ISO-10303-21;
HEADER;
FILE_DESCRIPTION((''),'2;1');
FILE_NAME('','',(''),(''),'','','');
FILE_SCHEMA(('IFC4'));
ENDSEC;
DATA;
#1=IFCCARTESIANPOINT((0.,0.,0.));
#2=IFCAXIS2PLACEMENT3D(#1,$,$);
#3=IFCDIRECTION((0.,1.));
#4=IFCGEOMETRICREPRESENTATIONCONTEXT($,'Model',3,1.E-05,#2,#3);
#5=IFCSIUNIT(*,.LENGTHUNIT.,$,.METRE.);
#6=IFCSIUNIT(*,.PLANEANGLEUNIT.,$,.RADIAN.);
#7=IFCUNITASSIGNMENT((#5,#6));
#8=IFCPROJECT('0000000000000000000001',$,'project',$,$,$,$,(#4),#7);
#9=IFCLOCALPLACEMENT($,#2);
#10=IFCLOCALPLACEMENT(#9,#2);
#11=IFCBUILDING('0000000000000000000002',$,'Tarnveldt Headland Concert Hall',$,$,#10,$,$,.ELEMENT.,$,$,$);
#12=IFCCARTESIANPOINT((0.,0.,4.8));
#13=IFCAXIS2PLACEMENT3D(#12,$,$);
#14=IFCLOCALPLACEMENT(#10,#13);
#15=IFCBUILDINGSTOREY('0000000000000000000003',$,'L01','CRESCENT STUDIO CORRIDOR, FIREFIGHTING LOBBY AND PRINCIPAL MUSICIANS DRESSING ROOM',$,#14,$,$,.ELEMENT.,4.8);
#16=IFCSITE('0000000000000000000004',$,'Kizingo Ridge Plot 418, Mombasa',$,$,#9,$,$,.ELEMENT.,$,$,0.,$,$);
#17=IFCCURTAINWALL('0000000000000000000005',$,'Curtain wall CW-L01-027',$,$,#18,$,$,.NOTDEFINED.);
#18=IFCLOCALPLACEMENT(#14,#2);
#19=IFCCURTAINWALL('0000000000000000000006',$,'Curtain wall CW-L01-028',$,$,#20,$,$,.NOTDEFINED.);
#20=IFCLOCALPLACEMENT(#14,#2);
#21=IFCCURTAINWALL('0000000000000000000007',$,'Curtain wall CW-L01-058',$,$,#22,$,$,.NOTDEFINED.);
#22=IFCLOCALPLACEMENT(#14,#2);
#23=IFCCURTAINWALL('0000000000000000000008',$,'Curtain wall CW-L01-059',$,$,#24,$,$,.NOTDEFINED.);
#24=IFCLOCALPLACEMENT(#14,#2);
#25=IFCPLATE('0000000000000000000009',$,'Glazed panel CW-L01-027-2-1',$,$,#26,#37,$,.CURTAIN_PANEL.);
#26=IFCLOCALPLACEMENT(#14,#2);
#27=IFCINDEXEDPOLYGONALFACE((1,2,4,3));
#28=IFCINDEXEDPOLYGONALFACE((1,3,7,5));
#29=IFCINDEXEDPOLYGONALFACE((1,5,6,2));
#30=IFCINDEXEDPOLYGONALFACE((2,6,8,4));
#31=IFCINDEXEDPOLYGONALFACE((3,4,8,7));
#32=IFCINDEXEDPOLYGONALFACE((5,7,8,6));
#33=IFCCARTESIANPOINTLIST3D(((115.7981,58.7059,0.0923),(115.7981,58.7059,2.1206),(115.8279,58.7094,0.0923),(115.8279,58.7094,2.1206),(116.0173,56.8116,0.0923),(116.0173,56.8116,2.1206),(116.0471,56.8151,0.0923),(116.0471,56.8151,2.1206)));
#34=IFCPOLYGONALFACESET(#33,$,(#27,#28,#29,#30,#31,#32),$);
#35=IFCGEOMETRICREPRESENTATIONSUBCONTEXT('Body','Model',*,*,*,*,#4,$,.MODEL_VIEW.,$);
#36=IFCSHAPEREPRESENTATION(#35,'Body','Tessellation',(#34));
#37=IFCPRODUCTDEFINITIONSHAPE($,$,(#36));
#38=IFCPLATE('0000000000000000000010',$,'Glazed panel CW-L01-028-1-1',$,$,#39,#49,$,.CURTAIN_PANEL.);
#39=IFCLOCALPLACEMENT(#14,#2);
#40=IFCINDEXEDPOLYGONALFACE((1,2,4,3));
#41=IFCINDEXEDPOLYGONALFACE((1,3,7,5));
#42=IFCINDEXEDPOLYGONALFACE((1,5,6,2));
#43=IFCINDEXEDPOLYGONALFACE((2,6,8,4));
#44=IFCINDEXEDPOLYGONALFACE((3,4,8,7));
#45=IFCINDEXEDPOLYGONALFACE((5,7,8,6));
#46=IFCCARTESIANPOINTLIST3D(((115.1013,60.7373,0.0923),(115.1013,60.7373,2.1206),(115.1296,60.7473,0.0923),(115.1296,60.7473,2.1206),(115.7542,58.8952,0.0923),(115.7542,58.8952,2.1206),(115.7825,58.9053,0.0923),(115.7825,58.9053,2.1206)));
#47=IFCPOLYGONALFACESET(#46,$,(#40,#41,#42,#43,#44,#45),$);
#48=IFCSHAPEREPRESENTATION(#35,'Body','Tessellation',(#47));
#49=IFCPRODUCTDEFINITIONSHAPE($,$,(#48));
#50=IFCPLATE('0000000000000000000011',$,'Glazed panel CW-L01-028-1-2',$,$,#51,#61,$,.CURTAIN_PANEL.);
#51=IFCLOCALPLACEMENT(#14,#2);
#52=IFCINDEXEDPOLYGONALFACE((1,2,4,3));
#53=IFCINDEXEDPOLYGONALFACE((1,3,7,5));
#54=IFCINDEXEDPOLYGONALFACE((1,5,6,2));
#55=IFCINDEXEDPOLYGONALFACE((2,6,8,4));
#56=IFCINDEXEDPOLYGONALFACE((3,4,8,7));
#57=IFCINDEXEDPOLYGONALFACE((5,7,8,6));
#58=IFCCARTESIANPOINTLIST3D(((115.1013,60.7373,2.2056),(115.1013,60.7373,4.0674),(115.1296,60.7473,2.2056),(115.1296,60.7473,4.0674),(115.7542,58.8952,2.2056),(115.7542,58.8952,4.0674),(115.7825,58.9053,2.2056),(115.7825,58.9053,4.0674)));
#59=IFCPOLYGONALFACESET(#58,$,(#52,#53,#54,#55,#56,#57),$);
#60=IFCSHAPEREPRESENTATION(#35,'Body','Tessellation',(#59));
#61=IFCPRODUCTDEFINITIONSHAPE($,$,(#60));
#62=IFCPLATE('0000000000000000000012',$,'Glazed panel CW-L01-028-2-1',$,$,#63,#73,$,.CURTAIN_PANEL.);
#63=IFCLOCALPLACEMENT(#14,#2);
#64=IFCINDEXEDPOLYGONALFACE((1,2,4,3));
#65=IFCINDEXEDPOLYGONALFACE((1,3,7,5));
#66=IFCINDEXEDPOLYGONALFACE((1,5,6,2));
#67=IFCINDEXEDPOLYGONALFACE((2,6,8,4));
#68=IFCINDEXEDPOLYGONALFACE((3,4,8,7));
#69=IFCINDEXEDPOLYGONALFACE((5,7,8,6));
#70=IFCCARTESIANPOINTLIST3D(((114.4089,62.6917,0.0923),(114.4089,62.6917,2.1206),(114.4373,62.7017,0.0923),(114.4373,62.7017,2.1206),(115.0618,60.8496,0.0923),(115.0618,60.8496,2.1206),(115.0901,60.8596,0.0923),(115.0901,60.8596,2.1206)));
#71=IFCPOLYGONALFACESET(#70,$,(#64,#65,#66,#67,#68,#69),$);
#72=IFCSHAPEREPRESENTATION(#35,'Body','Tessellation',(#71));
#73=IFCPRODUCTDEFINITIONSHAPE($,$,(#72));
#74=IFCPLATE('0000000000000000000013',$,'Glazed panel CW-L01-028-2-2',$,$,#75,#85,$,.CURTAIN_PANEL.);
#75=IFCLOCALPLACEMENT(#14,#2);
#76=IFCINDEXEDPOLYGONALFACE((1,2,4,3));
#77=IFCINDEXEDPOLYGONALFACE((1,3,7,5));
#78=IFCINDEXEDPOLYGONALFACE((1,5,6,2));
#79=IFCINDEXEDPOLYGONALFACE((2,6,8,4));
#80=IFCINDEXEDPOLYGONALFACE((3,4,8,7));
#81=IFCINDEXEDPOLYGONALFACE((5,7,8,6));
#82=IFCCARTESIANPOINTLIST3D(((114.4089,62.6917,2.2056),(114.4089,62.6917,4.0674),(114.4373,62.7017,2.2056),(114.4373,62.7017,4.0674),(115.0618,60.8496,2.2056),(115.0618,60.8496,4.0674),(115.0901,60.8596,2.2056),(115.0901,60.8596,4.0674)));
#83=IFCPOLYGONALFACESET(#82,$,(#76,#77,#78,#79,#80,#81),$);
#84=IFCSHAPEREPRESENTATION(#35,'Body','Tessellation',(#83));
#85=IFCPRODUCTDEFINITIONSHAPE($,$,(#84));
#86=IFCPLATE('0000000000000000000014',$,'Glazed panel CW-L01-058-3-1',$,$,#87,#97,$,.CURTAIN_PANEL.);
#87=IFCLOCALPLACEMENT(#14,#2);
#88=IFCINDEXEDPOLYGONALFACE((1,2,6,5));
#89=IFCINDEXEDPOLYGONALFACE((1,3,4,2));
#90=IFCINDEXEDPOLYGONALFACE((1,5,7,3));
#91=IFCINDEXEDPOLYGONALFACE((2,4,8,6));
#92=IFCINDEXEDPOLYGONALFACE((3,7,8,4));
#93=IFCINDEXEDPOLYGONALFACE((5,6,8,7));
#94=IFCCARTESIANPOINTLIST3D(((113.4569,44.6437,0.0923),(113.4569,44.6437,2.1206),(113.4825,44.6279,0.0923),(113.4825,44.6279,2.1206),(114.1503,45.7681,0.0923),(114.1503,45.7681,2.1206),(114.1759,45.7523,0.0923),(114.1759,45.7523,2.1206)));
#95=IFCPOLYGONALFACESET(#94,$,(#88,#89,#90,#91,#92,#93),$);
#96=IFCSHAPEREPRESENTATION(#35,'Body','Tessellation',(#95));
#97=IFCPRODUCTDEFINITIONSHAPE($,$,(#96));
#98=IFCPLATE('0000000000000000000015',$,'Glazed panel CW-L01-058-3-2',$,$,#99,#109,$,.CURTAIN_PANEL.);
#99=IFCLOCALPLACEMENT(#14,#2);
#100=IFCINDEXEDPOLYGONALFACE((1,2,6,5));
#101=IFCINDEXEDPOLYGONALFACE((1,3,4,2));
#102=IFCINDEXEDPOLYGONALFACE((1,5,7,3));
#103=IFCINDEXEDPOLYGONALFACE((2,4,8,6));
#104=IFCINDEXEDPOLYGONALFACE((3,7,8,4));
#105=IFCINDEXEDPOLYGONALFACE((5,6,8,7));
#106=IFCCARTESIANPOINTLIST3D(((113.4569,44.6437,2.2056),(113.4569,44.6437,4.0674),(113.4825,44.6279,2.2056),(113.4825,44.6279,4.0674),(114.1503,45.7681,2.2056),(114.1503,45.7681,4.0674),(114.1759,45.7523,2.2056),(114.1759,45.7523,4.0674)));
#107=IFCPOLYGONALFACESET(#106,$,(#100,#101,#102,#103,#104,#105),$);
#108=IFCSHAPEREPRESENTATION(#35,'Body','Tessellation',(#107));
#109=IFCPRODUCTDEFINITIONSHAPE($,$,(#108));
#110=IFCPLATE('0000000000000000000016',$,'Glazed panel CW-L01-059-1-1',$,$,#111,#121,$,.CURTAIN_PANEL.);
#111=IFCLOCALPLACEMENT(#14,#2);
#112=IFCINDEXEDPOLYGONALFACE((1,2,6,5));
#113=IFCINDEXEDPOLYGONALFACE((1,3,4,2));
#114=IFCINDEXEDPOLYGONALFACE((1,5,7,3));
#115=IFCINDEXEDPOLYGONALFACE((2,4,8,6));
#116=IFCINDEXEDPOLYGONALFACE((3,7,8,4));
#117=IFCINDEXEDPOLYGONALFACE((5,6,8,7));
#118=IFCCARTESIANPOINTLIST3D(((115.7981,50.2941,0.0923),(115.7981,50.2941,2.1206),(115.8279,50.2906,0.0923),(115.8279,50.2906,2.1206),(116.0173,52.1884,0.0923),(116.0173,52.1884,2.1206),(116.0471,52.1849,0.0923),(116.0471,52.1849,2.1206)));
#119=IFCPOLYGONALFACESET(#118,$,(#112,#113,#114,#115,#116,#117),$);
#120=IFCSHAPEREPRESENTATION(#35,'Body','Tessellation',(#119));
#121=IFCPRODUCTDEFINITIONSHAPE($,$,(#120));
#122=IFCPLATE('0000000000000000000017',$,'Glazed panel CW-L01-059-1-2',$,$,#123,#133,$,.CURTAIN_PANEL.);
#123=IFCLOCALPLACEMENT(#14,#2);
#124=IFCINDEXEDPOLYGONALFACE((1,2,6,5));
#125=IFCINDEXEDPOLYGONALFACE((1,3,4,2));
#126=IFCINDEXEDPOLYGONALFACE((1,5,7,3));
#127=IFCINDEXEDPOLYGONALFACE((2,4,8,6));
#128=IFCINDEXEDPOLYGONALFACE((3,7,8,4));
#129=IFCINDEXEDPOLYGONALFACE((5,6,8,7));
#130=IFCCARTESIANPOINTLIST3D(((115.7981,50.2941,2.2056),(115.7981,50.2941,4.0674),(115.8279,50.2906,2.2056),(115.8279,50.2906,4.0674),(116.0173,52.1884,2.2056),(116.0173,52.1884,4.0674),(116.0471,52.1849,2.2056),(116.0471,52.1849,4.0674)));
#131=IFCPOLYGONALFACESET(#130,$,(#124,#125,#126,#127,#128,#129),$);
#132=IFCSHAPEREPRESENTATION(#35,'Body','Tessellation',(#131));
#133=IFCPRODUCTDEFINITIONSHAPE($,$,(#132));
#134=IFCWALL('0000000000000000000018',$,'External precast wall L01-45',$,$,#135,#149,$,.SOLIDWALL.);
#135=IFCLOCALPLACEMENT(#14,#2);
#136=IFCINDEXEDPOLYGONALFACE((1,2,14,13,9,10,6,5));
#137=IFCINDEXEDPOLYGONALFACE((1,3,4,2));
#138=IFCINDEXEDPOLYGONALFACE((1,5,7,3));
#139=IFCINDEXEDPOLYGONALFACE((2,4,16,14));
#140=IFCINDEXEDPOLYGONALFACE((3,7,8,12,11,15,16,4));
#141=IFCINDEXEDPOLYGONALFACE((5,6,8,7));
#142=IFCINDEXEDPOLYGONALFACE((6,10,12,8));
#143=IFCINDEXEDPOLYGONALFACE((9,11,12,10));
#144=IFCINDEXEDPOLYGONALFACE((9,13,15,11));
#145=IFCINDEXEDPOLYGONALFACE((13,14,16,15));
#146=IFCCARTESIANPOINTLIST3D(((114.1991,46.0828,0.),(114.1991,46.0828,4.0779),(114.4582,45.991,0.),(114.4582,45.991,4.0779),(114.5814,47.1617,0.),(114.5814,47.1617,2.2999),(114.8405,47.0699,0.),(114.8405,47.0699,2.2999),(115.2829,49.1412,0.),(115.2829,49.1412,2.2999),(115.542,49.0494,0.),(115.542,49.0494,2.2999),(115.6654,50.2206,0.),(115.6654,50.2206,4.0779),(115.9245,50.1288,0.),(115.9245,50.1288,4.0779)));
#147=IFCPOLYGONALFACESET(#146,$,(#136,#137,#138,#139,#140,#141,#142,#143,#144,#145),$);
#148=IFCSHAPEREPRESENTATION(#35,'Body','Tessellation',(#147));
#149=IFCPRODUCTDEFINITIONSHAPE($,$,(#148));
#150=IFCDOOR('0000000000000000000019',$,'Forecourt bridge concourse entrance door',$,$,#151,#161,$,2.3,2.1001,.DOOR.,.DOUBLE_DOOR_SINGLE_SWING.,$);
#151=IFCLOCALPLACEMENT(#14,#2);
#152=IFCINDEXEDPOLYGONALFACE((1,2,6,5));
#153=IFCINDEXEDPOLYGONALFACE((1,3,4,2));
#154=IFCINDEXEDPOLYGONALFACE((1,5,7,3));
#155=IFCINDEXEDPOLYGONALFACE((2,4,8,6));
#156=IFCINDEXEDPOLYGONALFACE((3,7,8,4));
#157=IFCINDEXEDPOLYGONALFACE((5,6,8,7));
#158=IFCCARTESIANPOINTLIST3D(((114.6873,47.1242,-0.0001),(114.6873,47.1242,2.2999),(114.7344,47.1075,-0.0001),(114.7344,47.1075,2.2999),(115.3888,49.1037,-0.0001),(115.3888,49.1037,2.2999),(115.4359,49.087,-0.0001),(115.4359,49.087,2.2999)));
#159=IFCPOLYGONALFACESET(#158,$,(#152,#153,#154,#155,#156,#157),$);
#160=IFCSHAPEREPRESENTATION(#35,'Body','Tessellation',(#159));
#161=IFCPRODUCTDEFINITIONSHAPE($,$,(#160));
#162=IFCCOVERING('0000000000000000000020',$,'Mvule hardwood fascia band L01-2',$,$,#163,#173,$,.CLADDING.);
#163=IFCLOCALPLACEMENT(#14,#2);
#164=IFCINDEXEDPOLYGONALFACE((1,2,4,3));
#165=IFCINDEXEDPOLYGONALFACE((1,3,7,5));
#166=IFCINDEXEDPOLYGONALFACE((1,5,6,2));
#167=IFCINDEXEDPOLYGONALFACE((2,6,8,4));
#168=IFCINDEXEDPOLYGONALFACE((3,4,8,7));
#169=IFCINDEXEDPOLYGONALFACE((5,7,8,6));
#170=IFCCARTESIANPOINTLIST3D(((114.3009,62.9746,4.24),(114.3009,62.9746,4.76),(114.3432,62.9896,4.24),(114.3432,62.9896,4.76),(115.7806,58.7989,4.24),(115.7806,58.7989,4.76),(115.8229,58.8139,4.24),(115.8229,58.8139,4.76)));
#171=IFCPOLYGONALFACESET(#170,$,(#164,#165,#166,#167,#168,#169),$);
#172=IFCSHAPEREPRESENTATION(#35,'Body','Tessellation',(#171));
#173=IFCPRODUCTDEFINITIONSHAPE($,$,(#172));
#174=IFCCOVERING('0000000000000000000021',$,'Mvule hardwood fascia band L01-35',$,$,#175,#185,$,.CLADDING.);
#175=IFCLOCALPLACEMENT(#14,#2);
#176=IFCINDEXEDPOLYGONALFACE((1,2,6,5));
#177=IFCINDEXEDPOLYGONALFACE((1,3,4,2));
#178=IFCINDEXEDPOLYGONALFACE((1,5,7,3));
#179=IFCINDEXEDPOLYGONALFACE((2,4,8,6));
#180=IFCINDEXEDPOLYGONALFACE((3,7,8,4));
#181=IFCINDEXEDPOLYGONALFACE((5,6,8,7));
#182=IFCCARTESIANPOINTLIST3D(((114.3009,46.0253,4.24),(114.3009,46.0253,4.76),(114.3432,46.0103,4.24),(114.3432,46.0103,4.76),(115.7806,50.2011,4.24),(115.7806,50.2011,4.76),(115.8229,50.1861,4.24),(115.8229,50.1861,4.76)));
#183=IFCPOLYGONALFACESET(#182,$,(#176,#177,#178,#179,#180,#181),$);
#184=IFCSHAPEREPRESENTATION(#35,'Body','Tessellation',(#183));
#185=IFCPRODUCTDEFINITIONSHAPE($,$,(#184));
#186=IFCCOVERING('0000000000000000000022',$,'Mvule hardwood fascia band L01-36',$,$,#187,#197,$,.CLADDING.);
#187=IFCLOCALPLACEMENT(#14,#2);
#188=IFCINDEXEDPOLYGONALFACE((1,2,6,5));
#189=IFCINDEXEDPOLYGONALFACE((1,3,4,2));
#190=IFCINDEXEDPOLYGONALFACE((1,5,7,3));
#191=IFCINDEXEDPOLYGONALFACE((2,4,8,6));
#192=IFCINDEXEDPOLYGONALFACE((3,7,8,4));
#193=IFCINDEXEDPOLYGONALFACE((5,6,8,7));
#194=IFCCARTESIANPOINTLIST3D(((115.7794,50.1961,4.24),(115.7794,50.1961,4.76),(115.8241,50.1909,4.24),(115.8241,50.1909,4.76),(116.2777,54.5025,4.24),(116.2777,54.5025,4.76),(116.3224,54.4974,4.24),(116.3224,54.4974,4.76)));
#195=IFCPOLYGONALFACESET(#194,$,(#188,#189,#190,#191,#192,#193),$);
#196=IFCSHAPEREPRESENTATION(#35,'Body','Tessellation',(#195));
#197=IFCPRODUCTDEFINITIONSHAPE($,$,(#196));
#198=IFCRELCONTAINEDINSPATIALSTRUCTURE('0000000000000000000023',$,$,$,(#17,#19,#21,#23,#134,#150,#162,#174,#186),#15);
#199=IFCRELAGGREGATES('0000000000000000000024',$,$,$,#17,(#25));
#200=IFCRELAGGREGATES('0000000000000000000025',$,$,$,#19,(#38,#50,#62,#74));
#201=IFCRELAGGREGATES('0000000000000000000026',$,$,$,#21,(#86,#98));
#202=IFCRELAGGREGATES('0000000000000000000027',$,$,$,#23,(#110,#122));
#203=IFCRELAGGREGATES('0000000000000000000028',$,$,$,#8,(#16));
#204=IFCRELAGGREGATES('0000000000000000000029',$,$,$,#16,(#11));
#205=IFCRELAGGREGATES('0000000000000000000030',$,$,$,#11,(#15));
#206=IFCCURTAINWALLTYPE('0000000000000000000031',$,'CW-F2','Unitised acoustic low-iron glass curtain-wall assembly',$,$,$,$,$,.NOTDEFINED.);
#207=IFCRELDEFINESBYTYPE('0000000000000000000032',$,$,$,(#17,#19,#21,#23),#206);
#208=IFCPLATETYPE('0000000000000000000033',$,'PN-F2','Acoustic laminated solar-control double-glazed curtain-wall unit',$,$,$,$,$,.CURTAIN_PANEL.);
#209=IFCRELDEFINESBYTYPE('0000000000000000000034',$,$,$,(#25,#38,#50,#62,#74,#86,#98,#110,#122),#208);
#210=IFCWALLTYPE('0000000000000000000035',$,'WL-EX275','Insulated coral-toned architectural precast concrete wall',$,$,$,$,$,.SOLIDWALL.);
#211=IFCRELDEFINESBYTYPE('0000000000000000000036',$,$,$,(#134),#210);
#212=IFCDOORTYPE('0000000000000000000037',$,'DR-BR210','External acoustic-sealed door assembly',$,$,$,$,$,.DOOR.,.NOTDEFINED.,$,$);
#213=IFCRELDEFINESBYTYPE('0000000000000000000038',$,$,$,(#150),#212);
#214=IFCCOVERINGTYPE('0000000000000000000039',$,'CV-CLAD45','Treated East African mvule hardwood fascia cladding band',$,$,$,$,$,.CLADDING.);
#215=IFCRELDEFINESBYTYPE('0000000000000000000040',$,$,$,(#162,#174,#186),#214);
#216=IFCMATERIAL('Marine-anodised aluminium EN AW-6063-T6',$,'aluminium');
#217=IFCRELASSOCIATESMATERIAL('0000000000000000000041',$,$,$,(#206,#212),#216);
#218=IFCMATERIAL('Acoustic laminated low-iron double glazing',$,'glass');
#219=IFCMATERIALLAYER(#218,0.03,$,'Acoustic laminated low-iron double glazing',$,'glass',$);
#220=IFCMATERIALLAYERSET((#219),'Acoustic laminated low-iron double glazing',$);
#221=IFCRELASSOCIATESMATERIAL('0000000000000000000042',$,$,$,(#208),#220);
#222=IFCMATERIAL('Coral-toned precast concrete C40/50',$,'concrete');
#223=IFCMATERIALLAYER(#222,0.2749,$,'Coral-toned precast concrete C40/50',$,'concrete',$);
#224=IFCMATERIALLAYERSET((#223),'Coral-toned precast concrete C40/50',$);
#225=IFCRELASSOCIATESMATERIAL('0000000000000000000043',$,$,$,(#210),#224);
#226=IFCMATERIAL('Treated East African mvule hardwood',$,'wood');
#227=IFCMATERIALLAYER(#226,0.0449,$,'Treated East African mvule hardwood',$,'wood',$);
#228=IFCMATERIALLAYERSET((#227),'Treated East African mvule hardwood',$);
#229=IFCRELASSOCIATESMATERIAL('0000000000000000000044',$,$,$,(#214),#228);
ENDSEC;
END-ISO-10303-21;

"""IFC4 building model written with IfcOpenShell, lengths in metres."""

from ifc_helpers import new_model, si_unit, direction, frame, frame_2d, origin, origin_2d, place, context, subcontext, project, spatial, rectangle, extrude, material, layer, layer_set, type_object, element, fill, aggregate, save


model = new_model("IFC4")

# Units and contexts
model_context = context("Model", 3, precision=1e-05, world=origin(), true_north=direction((0.0, 1.0)))
body_context = subcontext(model_context, "Body", "Model", "MODEL_VIEW")
ifc_project = project(units=[si_unit("LENGTHUNIT", "METRE"), si_unit("PLANEANGLEUNIT", "RADIAN")], contexts=[model_context])

# Site, building, storey
site_placement = place(None, origin())
site = spatial("IfcSite", under=ifc_project, at=site_placement, Name="Kizingo Ridge Plot 418, Mombasa", CompositionType="ELEMENT", RefElevation=0.0)
building_placement = place(site_placement, origin())
building = spatial("IfcBuilding", under=site, at=building_placement, Name="Tarnveldt Headland Concert Hall", CompositionType="ELEMENT")
storey_placement = place(building_placement, frame((0.0, 0.0, 4.8)))
storey = spatial("IfcBuildingStorey", under=building, at=storey_placement, Name="L01", Description="CRESCENT STUDIO CORRIDOR, FIREFIGHTING LOBBY AND PRINCIPAL MUSICIANS DRESSING ROOM", CompositionType="ELEMENT", Elevation=4.8)

# Curtain wall
ifc_material_1 = material(Name="Marine-anodised aluminium EN AW-6063-T6", Category="aluminium")
curtain_wall_type = type_object("IfcCurtainWallType", Name="CW-F2", Description="Unitised acoustic low-iron glass curtain-wall assembly", PredefinedType="NOTDEFINED", material=ifc_material_1)
curtain_wall_1_placement = place(storey_placement, origin())
curtain_wall_1 = element("IfcCurtainWall", 1, at=curtain_wall_1_placement, inside=storey, type_object=curtain_wall_type, Name="Curtain wall CW-L01-027", PredefinedType="NOTDEFINED")

# Curtain wall
curtain_wall_2_placement = place(storey_placement, origin())
curtain_wall_2 = element("IfcCurtainWall", 2, at=curtain_wall_2_placement, inside=storey, type_object=curtain_wall_type, Name="Curtain wall CW-L01-028", PredefinedType="NOTDEFINED")

# Curtain walls
curtain_wall_3_placement = place(storey_placement, origin())
curtain_wall_3 = element("IfcCurtainWall", 3, at=curtain_wall_3_placement, inside=storey, type_object=curtain_wall_type, Name="Curtain wall CW-L01-058", PredefinedType="NOTDEFINED")
curtain_wall_4_placement = place(storey_placement, origin())
curtain_wall_4 = element("IfcCurtainWall", 4, at=curtain_wall_4_placement, inside=storey, type_object=curtain_wall_type, Name="Curtain wall CW-L01-059", PredefinedType="NOTDEFINED")

# Plates
ifc_material_2 = material(Name="Acoustic laminated low-iron double glazing", Category="glass")
ifc_layer_1 = layer(ifc_material_2, 0.03, Name="Acoustic laminated low-iron double glazing", Category="glass")
ifc_layer_set_1 = layer_set([ifc_layer_1], Name="Acoustic laminated low-iron double glazing")
plate_type = type_object("IfcPlateType", Name="PN-F2", Description="Acoustic laminated solar-control double-glazed curtain-wall unit", PredefinedType="CURTAIN_PANEL", material=ifc_layer_set_1)
plate_1_placement = place(storey_placement, frame((115.9226, 57.7605, 0.0923), z_axis=(0.0, 0.0, 1.0), x_axis=(-0.114937, 0.993373, 0.0)))
plate_1 = element("IfcPlate", 5, at=plate_1_placement, type_object=plate_type, Name="Glazed panel CW-L01-027-2-1", PredefinedType="CURTAIN_PANEL", context=body_context, shape_type="SweptSolid", body=[
    extrude(rectangle(XDim=1.907, YDim=0.03, at=origin_2d()), origin(), (0.0, 0.0, 1.0), 2.0283),
])
aggregate(curtain_wall_1, [plate_1])
plate_2_placement = place(storey_placement, frame((115.4419, 59.8213, 0.0923), z_axis=(0.0, 0.0, 1.0), x_axis=(-0.334037, 0.94256, 0.0)))
plate_2 = element("IfcPlate", 6, at=plate_2_placement, type_object=plate_type, Name="Glazed panel CW-L01-028-1-1", PredefinedType="CURTAIN_PANEL", context=body_context, shape_type="SweptSolid", body=[
    extrude(rectangle(XDim=1.9543, YDim=0.03, at=origin_2d()), origin(), (0.0, 0.0, 1.0), 2.0283),
])
plate_3_placement = place(storey_placement, frame((115.4419, 59.8213, 2.2056), z_axis=(0.0, 0.0, 1.0), x_axis=(-0.334037, 0.94256, 0.0)))
plate_3 = element("IfcPlate", 7, at=plate_3_placement, type_object=plate_type, Name="Glazed panel CW-L01-028-1-2", PredefinedType="CURTAIN_PANEL", context=body_context, shape_type="SweptSolid", body=[
    extrude(rectangle(XDim=1.9543, YDim=0.03, at=origin_2d()), origin(), (0.0, 0.0, 1.0), 1.8618),
])
plate_4_placement = place(storey_placement, frame((114.7495, 61.7756, 0.0923), z_axis=(0.0, 0.0, 1.0), x_axis=(-0.334037, 0.94256, 0.0)))
plate_4 = element("IfcPlate", 8, at=plate_4_placement, type_object=plate_type, Name="Glazed panel CW-L01-028-2-1", PredefinedType="CURTAIN_PANEL", context=body_context, shape_type="SweptSolid", body=[
    extrude(rectangle(XDim=1.9543, YDim=0.03, at=origin_2d()), origin(), (0.0, 0.0, 1.0), 2.0283),
])
plate_5_placement = place(storey_placement, frame((114.7495, 61.7756, 2.2056), z_axis=(0.0, 0.0, 1.0), x_axis=(-0.334037, 0.94256, 0.0)))
plate_5 = element("IfcPlate", 9, at=plate_5_placement, type_object=plate_type, Name="Glazed panel CW-L01-028-2-2", PredefinedType="CURTAIN_PANEL", context=body_context, shape_type="SweptSolid", body=[
    extrude(rectangle(XDim=1.9543, YDim=0.03, at=origin_2d()), origin(), (0.0, 0.0, 1.0), 1.8618),
])
aggregate(curtain_wall_2, [plate_2, plate_3, plate_4, plate_5])
plate_6_placement = place(storey_placement, frame((113.8164, 45.198, 0.0923), z_axis=(0.0, 0.0, 1.0), x_axis=(0.524922, 0.85115, 0.0)))
plate_6 = element("IfcPlate", 10, at=plate_6_placement, type_object=plate_type, Name="Glazed panel CW-L01-058-3-1", PredefinedType="CURTAIN_PANEL", context=body_context, shape_type="SweptSolid", body=[
    extrude(rectangle(XDim=1.321, YDim=0.03, at=origin_2d()), origin(), (0.0, 0.0, 1.0), 2.0283),
])
plate_7_placement = place(storey_placement, frame((113.8164, 45.198, 2.2056), z_axis=(0.0, 0.0, 1.0), x_axis=(0.524922, 0.85115, 0.0)))
plate_7 = element("IfcPlate", 11, at=plate_7_placement, type_object=plate_type, Name="Glazed panel CW-L01-058-3-2", PredefinedType="CURTAIN_PANEL", context=body_context, shape_type="SweptSolid", body=[
    extrude(rectangle(XDim=1.321, YDim=0.03, at=origin_2d()), origin(), (0.0, 0.0, 1.0), 1.8618),
])
aggregate(curtain_wall_3, [plate_6, plate_7])
plate_8_placement = place(storey_placement, frame((115.9226, 51.2395, 0.0923), z_axis=(0.0, 0.0, 1.0), x_axis=(0.114937, 0.993373, 0.0)))
plate_8 = element("IfcPlate", 12, at=plate_8_placement, type_object=plate_type, Name="Glazed panel CW-L01-059-1-1", PredefinedType="CURTAIN_PANEL", context=body_context, shape_type="SweptSolid", body=[
    extrude(rectangle(XDim=1.907, YDim=0.03, at=origin_2d()), origin(), (0.0, 0.0, 1.0), 2.0283),
])
plate_9_placement = place(storey_placement, frame((115.9226, 51.2395, 2.2056), z_axis=(0.0, 0.0, 1.0), x_axis=(0.114937, 0.993373, 0.0)))
plate_9 = element("IfcPlate", 13, at=plate_9_placement, type_object=plate_type, Name="Glazed panel CW-L01-059-1-2", PredefinedType="CURTAIN_PANEL", context=body_context, shape_type="SweptSolid", body=[
    extrude(rectangle(XDim=1.907, YDim=0.03, at=origin_2d()), origin(), (0.0, 0.0, 1.0), 1.8618),
])
aggregate(curtain_wall_4, [plate_8, plate_9])

# Wall, opening, door
ifc_material_3 = material(Name="Coral-toned precast concrete C40/50", Category="concrete")
ifc_layer_2 = layer(ifc_material_3, 0.2749, Name="Coral-toned precast concrete C40/50", Category="concrete")
ifc_layer_set_2 = layer_set([ifc_layer_2], Name="Coral-toned precast concrete C40/50")
wall_type = type_object("IfcWallType", Name="WL-EX275", Description="Insulated coral-toned architectural precast concrete wall", PredefinedType="SOLIDWALL", material=ifc_layer_set_2)
wall_placement = place(storey_placement, frame((115.7949, 50.1746, 0.0), z_axis=(0.0, 0.0, 1.0), x_axis=(-0.334024, -0.942564, 0.0)))
wall = element("IfcWall", 14, at=wall_placement, inside=storey, type_object=wall_type, Name="External precast wall L01-45", PredefinedType="SOLIDWALL", context=body_context, shape_type="SweptSolid", body=[
    extrude(rectangle(XDim=4.3899, YDim=0.2749, at=frame_2d((2.1948, 0.0))), origin(), (0.0, 0.0, 1.0), 4.0779),
])
opening_placement = place(wall_placement, frame((1.145, 0.0, 0.0)))
opening = element("IfcOpeningElement", 15, at=opening_placement, cuts=wall, PredefinedType="OPENING", context=body_context, shape_type="SweptSolid", body=[
    extrude(rectangle(XDim=2.1001, YDim=2.3, at=frame_2d((1.05, 1.1499))), frame((0.0, 0.1475, 0.0), z_axis=(0.0, -1.0, 0.0), x_axis=(1.0, 0.0, 0.0)), (0.0, 0.0, 1.0), 0.2949),
])
door_type = type_object("IfcDoorType", Name="DR-BR210", Description="External acoustic-sealed door assembly", OperationType="NOTDEFINED", PredefinedType="DOOR", material=ifc_material_1)
door_placement = place(opening_placement, origin())
door = element("IfcDoor", 16, at=door_placement, inside=storey, type_object=door_type, Name="Forecourt bridge concourse entrance door", OperationType="DOUBLE_DOOR_SINGLE_SWING", OverallHeight=2.3, OverallWidth=2.1001, PredefinedType="DOOR", context=body_context, shape_type="SweptSolid", body=[
    extrude(rectangle(XDim=2.1001, YDim=2.3, at=frame_2d((1.05, 1.1499))), frame((0.0, 0.0249, 0.0), z_axis=(0.0, -1.0, 0.0), x_axis=(1.0, 0.0, 0.0)), (0.0, 0.0, 1.0), 0.05),
])
fill(opening, door)

# Coverings
ifc_material_4 = material(Name="Treated East African mvule hardwood", Category="wood")
ifc_layer_3 = layer(ifc_material_4, 0.0449, Name="Treated East African mvule hardwood", Category="wood")
ifc_layer_set_3 = layer_set([ifc_layer_3], Name="Treated East African mvule hardwood")
covering_type_1 = type_object("IfcCoveringType", Name="CV-CLAD45", Description="Treated East African mvule hardwood fascia cladding band", PredefinedType="CLADDING", material=ifc_layer_set_3)
for number, where, z_axis, x_axis, name in (
    (17, (115.8018, 58.8064, 4.24), (0.0, 0.0, 1.0), (-0.33401, 0.942569, 0.0), "Mvule hardwood fascia band L01-2"),
    (18, (114.322, 46.0178, 4.24), (0.0, 0.0, 1.0), (0.33401, 0.942569, 0.0), "Mvule hardwood fascia band L01-35"),
):
    element("IfcCovering", number, at=place(storey_placement, frame(where, z_axis=z_axis, x_axis=x_axis)), inside=storey, type_object=covering_type_1, Name=name, PredefinedType="CLADDING", context=body_context, shape_type="SweptSolid", body=[
        extrude(rectangle(XDim=4.4302, YDim=0.0449, at=frame_2d((2.2151, 0.0))), origin(), (0.0, 0.0, 1.0), 0.52),
    ])
covering_placement = place(storey_placement, frame((115.8018, 50.1936, 4.24), z_axis=(0.0, 0.0, 1.0), x_axis=(0.114943, 0.993372, 0.0)))
element("IfcCovering", 19, at=covering_placement, inside=storey, type_object=covering_type_1, Name="Mvule hardwood fascia band L01-36", PredefinedType="CLADDING", context=body_context, shape_type="SweptSolid", body=[
    extrude(rectangle(XDim=4.3352, YDim=0.0449, at=frame_2d((2.1675, 0.0))), origin(), (0.0, 0.0, 1.0), 0.52),
])

save(model, "model.ifc")
